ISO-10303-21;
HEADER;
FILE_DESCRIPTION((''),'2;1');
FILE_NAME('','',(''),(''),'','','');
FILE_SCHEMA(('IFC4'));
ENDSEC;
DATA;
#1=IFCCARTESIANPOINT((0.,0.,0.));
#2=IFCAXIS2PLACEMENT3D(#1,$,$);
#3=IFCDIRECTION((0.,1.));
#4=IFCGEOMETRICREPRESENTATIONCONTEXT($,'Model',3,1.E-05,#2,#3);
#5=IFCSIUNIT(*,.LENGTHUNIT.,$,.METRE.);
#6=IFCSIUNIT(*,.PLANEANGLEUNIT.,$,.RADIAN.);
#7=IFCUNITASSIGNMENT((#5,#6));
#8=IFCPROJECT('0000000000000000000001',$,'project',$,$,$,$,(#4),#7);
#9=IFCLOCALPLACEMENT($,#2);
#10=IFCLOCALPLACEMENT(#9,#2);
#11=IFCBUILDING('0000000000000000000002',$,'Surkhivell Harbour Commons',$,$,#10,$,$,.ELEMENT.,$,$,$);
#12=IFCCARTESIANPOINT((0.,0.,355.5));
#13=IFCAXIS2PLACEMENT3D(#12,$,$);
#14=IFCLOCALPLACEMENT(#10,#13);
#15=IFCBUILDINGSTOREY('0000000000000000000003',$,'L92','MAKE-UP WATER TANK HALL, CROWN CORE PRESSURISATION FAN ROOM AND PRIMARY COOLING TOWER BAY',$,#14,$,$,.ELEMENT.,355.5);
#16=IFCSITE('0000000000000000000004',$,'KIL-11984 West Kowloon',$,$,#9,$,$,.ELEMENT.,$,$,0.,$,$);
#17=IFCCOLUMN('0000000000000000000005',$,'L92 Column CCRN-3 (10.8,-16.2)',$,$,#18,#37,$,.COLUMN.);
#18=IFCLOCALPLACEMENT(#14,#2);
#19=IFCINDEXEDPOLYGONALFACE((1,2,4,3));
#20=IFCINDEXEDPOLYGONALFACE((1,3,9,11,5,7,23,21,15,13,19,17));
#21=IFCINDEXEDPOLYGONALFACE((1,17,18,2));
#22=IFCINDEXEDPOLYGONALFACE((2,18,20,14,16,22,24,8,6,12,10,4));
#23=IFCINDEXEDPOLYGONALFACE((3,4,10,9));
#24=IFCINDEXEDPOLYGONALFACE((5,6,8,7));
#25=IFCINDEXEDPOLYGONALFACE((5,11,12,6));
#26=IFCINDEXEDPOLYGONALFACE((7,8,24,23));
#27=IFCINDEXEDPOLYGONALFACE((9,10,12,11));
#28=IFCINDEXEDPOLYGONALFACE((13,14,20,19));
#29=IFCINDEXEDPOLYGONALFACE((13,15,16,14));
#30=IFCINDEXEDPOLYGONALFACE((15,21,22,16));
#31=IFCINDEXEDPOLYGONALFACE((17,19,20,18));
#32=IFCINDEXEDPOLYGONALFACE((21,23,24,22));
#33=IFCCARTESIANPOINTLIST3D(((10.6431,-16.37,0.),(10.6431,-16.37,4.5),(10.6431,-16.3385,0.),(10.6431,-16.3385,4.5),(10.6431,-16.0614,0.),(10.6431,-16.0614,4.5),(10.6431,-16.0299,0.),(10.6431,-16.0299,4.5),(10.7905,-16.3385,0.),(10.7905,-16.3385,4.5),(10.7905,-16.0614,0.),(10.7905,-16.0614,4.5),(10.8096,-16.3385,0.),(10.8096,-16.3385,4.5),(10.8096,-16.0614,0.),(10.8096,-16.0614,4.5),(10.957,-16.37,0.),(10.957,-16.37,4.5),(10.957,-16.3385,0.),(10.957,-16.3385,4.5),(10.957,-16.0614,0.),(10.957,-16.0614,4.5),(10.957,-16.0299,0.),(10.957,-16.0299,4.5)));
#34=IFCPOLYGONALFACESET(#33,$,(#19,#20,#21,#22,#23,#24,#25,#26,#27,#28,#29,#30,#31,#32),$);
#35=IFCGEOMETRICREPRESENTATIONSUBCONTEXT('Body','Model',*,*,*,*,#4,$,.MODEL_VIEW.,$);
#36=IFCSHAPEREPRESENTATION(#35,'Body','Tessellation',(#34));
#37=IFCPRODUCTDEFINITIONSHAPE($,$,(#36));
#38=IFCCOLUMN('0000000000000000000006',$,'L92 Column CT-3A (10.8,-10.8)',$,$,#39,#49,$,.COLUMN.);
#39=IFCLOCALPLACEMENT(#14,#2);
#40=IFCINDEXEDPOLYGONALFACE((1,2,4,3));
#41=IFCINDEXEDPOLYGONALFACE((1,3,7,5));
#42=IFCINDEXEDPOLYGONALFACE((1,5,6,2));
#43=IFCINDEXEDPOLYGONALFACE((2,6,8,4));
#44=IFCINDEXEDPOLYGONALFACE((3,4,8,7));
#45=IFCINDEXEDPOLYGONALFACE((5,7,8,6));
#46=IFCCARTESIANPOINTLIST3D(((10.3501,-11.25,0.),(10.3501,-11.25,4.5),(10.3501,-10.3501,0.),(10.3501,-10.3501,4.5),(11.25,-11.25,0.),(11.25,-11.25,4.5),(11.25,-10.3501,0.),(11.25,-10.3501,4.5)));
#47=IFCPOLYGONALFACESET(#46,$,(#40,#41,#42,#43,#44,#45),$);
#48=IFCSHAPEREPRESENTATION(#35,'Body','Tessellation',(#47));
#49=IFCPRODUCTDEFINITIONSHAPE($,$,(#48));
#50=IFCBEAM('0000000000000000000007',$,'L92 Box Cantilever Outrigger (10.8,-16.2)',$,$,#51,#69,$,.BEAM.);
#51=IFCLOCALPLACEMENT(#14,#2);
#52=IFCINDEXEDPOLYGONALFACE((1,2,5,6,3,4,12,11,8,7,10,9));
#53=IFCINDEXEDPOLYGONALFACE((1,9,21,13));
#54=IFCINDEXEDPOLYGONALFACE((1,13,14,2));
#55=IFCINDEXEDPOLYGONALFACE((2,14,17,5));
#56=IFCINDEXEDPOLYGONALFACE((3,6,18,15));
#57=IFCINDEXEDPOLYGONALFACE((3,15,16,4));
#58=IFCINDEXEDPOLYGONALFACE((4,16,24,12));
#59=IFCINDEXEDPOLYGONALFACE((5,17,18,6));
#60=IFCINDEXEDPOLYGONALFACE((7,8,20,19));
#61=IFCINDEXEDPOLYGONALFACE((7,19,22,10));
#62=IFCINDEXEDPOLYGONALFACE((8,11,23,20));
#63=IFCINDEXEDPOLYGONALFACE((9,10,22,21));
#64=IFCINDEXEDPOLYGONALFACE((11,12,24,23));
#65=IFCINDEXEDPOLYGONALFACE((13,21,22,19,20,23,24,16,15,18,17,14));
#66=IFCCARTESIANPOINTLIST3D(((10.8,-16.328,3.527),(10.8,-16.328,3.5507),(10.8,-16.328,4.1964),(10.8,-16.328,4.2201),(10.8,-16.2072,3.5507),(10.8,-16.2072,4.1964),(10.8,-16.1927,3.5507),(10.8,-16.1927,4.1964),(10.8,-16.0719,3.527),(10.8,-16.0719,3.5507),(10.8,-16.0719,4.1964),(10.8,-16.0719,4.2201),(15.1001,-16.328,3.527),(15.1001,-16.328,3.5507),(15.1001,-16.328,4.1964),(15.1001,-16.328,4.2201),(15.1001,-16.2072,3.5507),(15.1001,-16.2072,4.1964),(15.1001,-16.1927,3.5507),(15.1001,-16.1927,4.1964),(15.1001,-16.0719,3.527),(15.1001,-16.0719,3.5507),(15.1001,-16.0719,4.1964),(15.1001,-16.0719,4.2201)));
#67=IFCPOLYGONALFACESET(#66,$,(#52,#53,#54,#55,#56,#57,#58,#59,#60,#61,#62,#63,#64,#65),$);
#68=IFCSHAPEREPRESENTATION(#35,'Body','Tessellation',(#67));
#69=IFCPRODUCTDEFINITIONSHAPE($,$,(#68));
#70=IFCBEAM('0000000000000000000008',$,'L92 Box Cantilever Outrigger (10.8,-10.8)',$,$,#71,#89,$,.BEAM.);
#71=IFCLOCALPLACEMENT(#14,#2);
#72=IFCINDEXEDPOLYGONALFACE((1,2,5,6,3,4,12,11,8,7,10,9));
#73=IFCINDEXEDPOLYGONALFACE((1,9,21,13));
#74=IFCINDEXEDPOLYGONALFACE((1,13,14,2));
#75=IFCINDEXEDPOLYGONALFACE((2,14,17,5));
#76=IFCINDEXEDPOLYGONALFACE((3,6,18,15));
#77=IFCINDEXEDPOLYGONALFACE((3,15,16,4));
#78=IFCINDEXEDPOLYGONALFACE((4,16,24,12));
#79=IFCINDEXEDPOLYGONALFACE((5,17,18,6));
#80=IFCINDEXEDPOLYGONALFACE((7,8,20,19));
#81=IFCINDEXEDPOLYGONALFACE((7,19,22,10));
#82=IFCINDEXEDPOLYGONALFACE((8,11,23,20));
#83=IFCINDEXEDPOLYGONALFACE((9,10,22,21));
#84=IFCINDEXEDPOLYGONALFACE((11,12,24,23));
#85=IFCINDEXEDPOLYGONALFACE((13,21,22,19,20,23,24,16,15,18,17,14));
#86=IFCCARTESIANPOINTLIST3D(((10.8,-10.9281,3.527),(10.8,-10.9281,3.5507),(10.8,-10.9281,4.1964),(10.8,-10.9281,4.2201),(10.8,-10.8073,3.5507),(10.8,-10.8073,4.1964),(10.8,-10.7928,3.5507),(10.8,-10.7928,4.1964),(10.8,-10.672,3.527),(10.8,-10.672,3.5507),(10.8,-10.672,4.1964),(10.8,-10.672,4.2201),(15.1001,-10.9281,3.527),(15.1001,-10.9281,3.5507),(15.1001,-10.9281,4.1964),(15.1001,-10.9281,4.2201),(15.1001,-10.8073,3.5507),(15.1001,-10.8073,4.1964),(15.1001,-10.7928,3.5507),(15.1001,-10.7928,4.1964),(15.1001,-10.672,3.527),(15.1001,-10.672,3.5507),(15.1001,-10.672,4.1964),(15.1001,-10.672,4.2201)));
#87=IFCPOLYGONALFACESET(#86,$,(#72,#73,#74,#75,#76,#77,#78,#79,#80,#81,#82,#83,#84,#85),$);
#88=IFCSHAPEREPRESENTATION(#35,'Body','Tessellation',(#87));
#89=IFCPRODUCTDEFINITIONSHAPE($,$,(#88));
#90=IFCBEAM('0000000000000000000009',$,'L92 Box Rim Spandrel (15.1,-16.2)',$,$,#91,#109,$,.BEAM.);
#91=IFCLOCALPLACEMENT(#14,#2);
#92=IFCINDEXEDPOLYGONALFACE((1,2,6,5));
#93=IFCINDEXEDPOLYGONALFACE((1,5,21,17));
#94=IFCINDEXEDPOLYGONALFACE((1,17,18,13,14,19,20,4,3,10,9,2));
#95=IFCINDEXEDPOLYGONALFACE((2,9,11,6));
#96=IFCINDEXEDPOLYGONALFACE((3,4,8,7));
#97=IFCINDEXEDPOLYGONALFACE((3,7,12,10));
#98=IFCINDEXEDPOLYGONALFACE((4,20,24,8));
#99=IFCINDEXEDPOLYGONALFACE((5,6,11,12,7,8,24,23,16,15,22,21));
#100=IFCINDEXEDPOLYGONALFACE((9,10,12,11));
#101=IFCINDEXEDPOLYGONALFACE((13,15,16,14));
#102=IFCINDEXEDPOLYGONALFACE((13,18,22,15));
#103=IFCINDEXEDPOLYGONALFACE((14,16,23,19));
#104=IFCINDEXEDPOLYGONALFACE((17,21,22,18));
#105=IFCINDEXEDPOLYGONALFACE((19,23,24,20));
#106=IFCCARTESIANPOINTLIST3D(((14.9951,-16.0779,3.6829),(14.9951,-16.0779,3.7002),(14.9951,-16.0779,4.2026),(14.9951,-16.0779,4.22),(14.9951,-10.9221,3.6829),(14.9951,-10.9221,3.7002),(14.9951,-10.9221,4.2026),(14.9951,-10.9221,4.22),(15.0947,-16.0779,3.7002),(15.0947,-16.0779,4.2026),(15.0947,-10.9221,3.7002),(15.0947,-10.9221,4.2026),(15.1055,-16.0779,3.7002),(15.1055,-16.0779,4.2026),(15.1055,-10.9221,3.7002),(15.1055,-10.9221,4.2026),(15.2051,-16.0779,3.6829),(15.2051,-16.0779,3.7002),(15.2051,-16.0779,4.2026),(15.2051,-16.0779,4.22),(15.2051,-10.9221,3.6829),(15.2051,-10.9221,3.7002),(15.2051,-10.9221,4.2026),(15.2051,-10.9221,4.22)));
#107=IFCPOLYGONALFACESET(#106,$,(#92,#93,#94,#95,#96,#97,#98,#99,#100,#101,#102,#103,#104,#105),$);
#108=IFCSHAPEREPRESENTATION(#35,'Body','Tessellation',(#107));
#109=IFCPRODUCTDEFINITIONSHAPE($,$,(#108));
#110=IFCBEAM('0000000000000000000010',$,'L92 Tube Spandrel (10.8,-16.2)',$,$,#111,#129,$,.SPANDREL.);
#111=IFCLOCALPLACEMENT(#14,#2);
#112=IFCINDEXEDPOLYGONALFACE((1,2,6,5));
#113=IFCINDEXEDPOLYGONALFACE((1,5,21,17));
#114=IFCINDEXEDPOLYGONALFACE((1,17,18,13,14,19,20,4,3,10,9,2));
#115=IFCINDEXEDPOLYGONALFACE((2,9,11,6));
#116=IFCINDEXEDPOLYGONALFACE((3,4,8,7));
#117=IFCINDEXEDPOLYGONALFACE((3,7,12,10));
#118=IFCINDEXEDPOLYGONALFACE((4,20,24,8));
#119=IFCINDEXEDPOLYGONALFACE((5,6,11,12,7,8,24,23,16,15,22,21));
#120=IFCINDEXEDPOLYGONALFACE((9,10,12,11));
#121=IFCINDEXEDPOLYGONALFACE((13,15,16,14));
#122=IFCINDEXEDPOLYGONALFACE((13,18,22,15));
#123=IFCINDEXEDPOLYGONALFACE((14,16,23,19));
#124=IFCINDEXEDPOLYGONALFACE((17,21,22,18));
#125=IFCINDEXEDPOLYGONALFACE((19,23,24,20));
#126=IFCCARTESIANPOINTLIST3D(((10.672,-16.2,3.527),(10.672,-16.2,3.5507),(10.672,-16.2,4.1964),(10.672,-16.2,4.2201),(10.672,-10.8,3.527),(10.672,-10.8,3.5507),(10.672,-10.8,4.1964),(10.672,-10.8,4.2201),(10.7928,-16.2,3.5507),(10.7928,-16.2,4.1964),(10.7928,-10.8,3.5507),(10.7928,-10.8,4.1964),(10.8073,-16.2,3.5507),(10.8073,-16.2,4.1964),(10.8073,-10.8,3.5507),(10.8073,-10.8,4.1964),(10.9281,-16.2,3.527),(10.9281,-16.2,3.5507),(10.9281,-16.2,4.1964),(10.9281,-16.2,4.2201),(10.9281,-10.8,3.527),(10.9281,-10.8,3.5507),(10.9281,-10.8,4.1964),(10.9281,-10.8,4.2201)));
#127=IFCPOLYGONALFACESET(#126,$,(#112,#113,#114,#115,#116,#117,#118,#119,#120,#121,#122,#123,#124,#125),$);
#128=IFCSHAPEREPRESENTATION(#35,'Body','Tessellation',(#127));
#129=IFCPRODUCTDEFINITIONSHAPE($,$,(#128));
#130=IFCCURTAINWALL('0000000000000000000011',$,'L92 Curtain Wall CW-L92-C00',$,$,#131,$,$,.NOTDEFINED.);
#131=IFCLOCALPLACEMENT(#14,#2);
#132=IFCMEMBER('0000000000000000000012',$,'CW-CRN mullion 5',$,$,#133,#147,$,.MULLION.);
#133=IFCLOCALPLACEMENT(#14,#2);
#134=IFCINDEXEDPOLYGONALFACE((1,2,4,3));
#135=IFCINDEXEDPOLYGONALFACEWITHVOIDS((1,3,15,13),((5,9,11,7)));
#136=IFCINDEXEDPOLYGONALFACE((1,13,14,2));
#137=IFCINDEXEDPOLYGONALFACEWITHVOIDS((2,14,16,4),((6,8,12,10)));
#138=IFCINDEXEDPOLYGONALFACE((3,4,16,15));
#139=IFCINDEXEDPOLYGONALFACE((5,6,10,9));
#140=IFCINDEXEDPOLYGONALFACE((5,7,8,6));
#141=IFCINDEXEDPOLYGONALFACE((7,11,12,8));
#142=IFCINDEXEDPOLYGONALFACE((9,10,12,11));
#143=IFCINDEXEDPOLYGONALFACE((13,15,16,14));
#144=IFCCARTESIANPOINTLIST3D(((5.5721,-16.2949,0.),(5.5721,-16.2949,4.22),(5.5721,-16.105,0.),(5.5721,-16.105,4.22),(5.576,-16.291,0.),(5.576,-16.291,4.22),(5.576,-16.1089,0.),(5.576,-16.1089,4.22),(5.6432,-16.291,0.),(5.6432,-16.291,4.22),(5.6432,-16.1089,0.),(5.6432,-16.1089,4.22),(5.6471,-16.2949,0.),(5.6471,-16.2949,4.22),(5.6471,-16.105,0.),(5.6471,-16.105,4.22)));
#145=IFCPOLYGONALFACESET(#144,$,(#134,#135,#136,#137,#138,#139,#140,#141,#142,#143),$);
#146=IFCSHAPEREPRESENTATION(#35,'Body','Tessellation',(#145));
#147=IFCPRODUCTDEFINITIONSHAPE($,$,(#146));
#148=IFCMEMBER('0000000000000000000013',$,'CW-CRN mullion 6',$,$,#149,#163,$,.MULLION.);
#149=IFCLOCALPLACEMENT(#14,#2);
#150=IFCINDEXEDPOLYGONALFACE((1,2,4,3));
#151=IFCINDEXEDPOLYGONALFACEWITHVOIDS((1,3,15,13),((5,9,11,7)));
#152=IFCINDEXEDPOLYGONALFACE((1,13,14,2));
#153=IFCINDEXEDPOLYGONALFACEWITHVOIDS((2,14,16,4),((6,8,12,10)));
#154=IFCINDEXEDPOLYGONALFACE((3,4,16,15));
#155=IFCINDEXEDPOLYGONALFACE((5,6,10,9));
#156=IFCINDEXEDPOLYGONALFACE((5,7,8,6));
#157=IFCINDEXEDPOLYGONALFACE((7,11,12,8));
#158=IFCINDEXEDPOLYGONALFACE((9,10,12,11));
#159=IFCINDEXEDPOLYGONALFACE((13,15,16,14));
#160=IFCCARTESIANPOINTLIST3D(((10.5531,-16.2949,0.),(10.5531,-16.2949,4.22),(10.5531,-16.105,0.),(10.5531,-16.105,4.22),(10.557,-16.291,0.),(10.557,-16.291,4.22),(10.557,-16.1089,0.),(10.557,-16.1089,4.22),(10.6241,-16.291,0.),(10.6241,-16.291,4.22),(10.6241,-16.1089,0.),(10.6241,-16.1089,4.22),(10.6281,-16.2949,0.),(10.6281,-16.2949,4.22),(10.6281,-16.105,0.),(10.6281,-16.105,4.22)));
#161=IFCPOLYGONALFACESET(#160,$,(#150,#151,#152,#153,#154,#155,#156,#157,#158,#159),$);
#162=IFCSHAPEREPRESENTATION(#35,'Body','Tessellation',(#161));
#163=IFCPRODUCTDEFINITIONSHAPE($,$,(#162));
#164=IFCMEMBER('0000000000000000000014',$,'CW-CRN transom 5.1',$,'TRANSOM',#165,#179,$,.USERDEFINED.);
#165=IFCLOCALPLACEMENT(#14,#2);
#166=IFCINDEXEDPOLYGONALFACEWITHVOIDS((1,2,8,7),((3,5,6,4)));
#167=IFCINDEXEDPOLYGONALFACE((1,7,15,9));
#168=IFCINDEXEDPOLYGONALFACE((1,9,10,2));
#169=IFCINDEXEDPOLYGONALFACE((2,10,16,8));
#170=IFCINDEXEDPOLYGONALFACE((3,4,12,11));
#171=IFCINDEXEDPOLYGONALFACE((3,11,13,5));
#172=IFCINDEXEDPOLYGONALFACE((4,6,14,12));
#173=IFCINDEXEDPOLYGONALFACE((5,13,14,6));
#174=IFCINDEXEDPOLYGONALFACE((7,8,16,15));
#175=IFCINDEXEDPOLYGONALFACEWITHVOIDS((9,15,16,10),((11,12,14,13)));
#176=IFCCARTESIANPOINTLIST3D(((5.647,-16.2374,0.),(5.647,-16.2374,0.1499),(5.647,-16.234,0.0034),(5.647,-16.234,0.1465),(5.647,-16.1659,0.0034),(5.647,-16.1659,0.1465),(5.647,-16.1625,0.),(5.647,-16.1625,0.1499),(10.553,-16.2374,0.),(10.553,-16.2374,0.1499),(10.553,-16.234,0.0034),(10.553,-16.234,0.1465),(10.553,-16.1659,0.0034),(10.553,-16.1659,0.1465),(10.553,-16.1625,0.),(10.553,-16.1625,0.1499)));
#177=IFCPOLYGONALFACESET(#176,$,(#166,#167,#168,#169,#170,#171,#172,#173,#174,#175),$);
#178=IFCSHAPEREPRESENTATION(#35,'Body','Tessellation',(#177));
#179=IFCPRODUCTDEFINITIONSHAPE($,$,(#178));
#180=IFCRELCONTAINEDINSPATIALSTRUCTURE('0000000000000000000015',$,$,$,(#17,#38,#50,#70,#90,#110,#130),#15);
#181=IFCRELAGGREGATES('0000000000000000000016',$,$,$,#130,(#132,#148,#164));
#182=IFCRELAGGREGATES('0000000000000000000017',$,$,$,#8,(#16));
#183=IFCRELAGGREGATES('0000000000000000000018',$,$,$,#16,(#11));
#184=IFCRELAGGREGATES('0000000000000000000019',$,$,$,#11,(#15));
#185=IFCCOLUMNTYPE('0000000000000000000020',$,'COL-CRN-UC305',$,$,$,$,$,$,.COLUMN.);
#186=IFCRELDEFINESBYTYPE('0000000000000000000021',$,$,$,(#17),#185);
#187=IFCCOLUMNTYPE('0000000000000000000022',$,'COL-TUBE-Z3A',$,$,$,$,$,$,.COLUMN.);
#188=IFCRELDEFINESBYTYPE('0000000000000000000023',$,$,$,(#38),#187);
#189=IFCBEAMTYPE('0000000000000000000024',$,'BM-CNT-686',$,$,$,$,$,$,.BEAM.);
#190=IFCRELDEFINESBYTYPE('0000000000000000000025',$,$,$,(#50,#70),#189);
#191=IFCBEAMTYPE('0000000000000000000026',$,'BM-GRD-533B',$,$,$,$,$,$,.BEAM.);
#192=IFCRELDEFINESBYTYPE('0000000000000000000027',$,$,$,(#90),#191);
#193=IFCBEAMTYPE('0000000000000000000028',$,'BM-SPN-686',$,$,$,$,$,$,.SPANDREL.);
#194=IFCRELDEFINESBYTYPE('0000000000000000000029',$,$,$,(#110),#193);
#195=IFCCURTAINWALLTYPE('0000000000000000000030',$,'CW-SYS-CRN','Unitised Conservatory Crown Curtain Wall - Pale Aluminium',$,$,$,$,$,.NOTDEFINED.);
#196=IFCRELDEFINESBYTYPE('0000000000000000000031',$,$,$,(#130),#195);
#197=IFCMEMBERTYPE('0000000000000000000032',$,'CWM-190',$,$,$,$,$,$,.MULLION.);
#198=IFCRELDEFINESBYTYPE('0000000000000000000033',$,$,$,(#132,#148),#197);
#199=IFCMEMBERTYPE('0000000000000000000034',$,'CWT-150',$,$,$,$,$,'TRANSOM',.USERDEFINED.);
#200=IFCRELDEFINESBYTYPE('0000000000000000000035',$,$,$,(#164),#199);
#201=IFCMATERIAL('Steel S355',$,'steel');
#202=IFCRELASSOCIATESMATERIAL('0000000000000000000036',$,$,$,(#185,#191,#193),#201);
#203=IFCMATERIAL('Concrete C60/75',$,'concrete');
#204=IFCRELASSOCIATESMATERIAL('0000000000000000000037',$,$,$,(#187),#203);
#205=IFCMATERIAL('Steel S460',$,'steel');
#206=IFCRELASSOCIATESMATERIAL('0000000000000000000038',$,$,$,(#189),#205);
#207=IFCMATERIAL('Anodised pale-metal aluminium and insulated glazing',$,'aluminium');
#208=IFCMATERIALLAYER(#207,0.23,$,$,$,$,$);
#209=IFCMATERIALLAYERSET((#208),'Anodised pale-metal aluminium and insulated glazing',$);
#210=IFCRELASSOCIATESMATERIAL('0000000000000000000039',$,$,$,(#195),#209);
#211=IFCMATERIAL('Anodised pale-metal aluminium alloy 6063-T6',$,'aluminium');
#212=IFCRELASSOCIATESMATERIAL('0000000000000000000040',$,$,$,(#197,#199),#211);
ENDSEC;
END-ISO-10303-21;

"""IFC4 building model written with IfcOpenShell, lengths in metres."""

from ifc_helpers import new_model, si_unit, direction, frame, origin, origin_2d, place, context, subcontext, project, spatial, rectangle, hollow_rectangle, i_section, extrude, material, layer, layer_set, material_profile, profile_set, type_object, element, aggregate, save


model = new_model("IFC4")

# Units and contexts
model_context = context("Model", 3, precision=1e-05, world=origin(), true_north=direction((0.0, 1.0)))
body_context = subcontext(model_context, "Body", "Model", "MODEL_VIEW")
ifc_project = project(units=[si_unit("LENGTHUNIT", "METRE"), si_unit("PLANEANGLEUNIT", "RADIAN")], contexts=[model_context])

# Site, building, storey
site_placement = place(None, origin())
site = spatial("IfcSite", under=ifc_project, at=site_placement, Name="KIL-11984 West Kowloon", CompositionType="ELEMENT", RefElevation=0.0)
building_placement = place(site_placement, origin())
building = spatial("IfcBuilding", under=site, at=building_placement, Name="Surkhivell Harbour Commons", CompositionType="ELEMENT")
storey_placement = place(building_placement, frame((0.0, 0.0, 355.5)))
storey = spatial("IfcBuildingStorey", under=building, at=storey_placement, Name="L92", Description="MAKE-UP WATER TANK HALL, CROWN CORE PRESSURISATION FAN ROOM AND PRIMARY COOLING TOWER BAY", CompositionType="ELEMENT", Elevation=355.5)

# Columns
ifc_material_1 = material(Name="Steel S355", Category="steel")
ifc_material_profile_1 = material_profile(ifc_material_1, i_section(OverallWidth=0.314, OverallDepth=0.3401, WebThickness=0.019, FlangeThickness=0.0315, at=origin_2d()), Name="UC305x305x198")
ifc_profile_set_1 = profile_set([ifc_material_profile_1], Name="Steel S355")
column_type_1 = type_object("IfcColumnType", Name="COL-CRN-UC305", PredefinedType="COLUMN", material=ifc_profile_set_1)
column_1_placement = place(storey_placement, frame((10.8, -16.2, 0.0), z_axis=(0.0, 0.0, 1.0), x_axis=(1.0, 0.0, 0.0)))
element("IfcColumn", 1, at=column_1_placement, inside=storey, type_object=column_type_1, Name="L92 Column CCRN-3 (10.8,-16.2)", PredefinedType="COLUMN", context=body_context, shape_type="SweptSolid", body=[
    extrude(i_section(OverallWidth=0.314, OverallDepth=0.3401, WebThickness=0.019, FlangeThickness=0.0315, at=origin_2d()), origin(), (0.0, 0.0, 1.0), 4.5),
])
ifc_material_2 = material(Name="Concrete C60/75", Category="concrete")
ifc_material_profile_2 = material_profile(ifc_material_2, rectangle(XDim=0.8999, YDim=0.8999, at=origin_2d()), Name="RC-COL-900x900")
ifc_profile_set_2 = profile_set([ifc_material_profile_2], Name="Concrete C60/75")
column_type_2 = type_object("IfcColumnType", Name="COL-TUBE-Z3A", PredefinedType="COLUMN", material=ifc_profile_set_2)
column_2_placement = place(storey_placement, frame((10.8, -10.8, 0.0), z_axis=(0.0, 0.0, 1.0), x_axis=(1.0, 0.0, 0.0)))
element("IfcColumn", 2, at=column_2_placement, inside=storey, type_object=column_type_2, Name="L92 Column CT-3A (10.8,-10.8)", PredefinedType="COLUMN", context=body_context, shape_type="SweptSolid", body=[
    extrude(rectangle(XDim=0.8999, YDim=0.8999, at=origin_2d()), origin(), (0.0, 0.0, 1.0), 4.5),
])

# Beams
ifc_material_3 = material(Name="Steel S460", Category="steel")
ifc_material_profile_3 = material_profile(ifc_material_3, i_section(OverallWidth=0.2561, OverallDepth=0.6931, WebThickness=0.0144, FlangeThickness=0.0237, at=origin_2d()), Name="UB686x254x170")
ifc_profile_set_3 = profile_set([ifc_material_profile_3], Name="Steel S460")
beam_type_1 = type_object("IfcBeamType", Name="BM-CNT-686", PredefinedType="BEAM", material=ifc_profile_set_3)
for number, where, z_axis, x_axis, name in (
    (3, (10.8, -16.2, 3.8735), (1.0, 0.0, 0.0), (0.0, 1.0, 0.0), "L92 Box Cantilever Outrigger (10.8,-16.2)"),
    (4, (10.8, -10.8, 3.8735), (1.0, 0.0, 0.0), (0.0, 1.0, 0.0), "L92 Box Cantilever Outrigger (10.8,-10.8)"),
):
    element("IfcBeam", number, at=place(storey_placement, frame(where, z_axis=z_axis, x_axis=x_axis)), inside=storey, type_object=beam_type_1, Name=name, PredefinedType="BEAM", context=body_context, shape_type="SweptSolid", body=[
        extrude(i_section(OverallWidth=0.2561, OverallDepth=0.6931, WebThickness=0.0144, FlangeThickness=0.0237, at=origin_2d()), origin(), (0.0, 0.0, 1.0), 4.3),
    ])
ifc_material_profile_4 = material_profile(ifc_material_1, i_section(OverallWidth=0.21, OverallDepth=0.5371, WebThickness=0.0107, FlangeThickness=0.0173, at=origin_2d()), Name="UB533x210x101")
ifc_profile_set_4 = profile_set([ifc_material_profile_4], Name="Steel S355")
beam_type_2 = type_object("IfcBeamType", Name="BM-GRD-533B", PredefinedType="BEAM", material=ifc_profile_set_4)
beam_1_placement = place(storey_placement, frame((15.1001, -16.0779, 3.9514), z_axis=(0.0, 1.0, 0.0), x_axis=(-1.0, 0.0, 0.0)))
element("IfcBeam", 5, at=beam_1_placement, inside=storey, type_object=beam_type_2, Name="L92 Box Rim Spandrel (15.1,-16.2)", PredefinedType="BEAM", context=body_context, shape_type="SweptSolid", body=[
    extrude(i_section(OverallWidth=0.21, OverallDepth=0.5371, WebThickness=0.0107, FlangeThickness=0.0173, at=origin_2d()), origin(), (0.0, 0.0, 1.0), 5.1558),
])
ifc_material_profile_5 = material_profile(ifc_material_1, i_section(OverallWidth=0.2561, OverallDepth=0.6931, WebThickness=0.0144, FlangeThickness=0.0237, at=origin_2d()), Name="UB686x254x170")
ifc_profile_set_5 = profile_set([ifc_material_profile_5], Name="Steel S355")
beam_type_3 = type_object("IfcBeamType", Name="BM-SPN-686", PredefinedType="SPANDREL", material=ifc_profile_set_5)
beam_2_placement = place(storey_placement, frame((10.8, -16.2, 3.8735), z_axis=(0.0, 1.0, 0.0), x_axis=(-1.0, 0.0, 0.0)))
element("IfcBeam", 6, at=beam_2_placement, inside=storey, type_object=beam_type_3, Name="L92 Tube Spandrel (10.8,-16.2)", PredefinedType="SPANDREL", context=body_context, shape_type="SweptSolid", body=[
    extrude(i_section(OverallWidth=0.2561, OverallDepth=0.6931, WebThickness=0.0144, FlangeThickness=0.0237, at=origin_2d()), origin(), (0.0, 0.0, 1.0), 5.3999),
])

# Curtain wall, members
ifc_material_4 = material(Name="Anodised pale-metal aluminium and insulated glazing", Category="aluminium")
ifc_layer_1 = layer(ifc_material_4, 0.23)
ifc_layer_set_1 = layer_set([ifc_layer_1], Name="Anodised pale-metal aluminium and insulated glazing")
curtain_wall_type = type_object("IfcCurtainWallType", Name="CW-SYS-CRN", Description="Unitised Conservatory Crown Curtain Wall - Pale Aluminium", PredefinedType="NOTDEFINED", material=ifc_layer_set_1)
curtain_wall_placement = place(storey_placement, origin())
curtain_wall = element("IfcCurtainWall", 7, at=curtain_wall_placement, inside=storey, type_object=curtain_wall_type, Name="L92 Curtain Wall CW-L92-C00", PredefinedType="NOTDEFINED")
ifc_material_5 = material(Name="Anodised pale-metal aluminium alloy 6063-T6", Category="aluminium")
ifc_material_profile_6 = material_profile(ifc_material_5, hollow_rectangle(XDim=0.075, YDim=0.1899, WallThickness=0.0039, at=origin_2d()), Name="ALU-MULL-75x190")
ifc_profile_set_6 = profile_set([ifc_material_profile_6], Name="Anodised pale-metal aluminium alloy 6063-T6")
member_type_1 = type_object("IfcMemberType", Name="CWM-190", PredefinedType="MULLION", material=ifc_profile_set_6)
member_1_placement = place(storey_placement, frame((5.6096, -16.2, 0.0), z_axis=(0.0, 0.0, 1.0), x_axis=(1.0, 0.0, 0.0)))
member_1 = element("IfcMember", 8, at=member_1_placement, type_object=member_type_1, Name="CW-CRN mullion 5", PredefinedType="MULLION", context=body_context, shape_type="SweptSolid", body=[
    extrude(hollow_rectangle(XDim=0.075, YDim=0.1899, WallThickness=0.0039, at=origin_2d()), origin(), (0.0, 0.0, 1.0), 4.22),
])
member_2_placement = place(storey_placement, frame((10.5906, -16.2, 0.0), z_axis=(0.0, 0.0, 1.0), x_axis=(1.0, 0.0, 0.0)))
member_2 = element("IfcMember", 9, at=member_2_placement, type_object=member_type_1, Name="CW-CRN mullion 6", PredefinedType="MULLION", context=body_context, shape_type="SweptSolid", body=[
    extrude(hollow_rectangle(XDim=0.075, YDim=0.1899, WallThickness=0.0039, at=origin_2d()), origin(), (0.0, 0.0, 1.0), 4.22),
])
ifc_material_profile_7 = material_profile(ifc_material_5, hollow_rectangle(XDim=0.075, YDim=0.1499, WallThickness=0.0034, at=origin_2d()), Name="ALU-TRAN-75x150")
ifc_profile_set_7 = profile_set([ifc_material_profile_7], Name="Anodised pale-metal aluminium alloy 6063-T6")
member_type_2 = type_object("IfcMemberType", Name="CWT-150", ElementType="TRANSOM", PredefinedType="USERDEFINED", material=ifc_profile_set_7)
member_3_placement = place(storey_placement, frame((5.647, -16.2, 0.075), z_axis=(1.0, 0.0, 0.0), x_axis=(0.0, 1.0, 0.0)))
member_3 = element("IfcMember", 10, at=member_3_placement, type_object=member_type_2, Name="CW-CRN transom 5.1", ObjectType="TRANSOM", PredefinedType="USERDEFINED", context=body_context, shape_type="SweptSolid", body=[
    extrude(hollow_rectangle(XDim=0.075, YDim=0.1499, WallThickness=0.0034, at=origin_2d()), origin(), (0.0, 0.0, 1.0), 4.906),
])
aggregate(curtain_wall, [member_1, member_2, member_3])

save(model, "model.ifc")
